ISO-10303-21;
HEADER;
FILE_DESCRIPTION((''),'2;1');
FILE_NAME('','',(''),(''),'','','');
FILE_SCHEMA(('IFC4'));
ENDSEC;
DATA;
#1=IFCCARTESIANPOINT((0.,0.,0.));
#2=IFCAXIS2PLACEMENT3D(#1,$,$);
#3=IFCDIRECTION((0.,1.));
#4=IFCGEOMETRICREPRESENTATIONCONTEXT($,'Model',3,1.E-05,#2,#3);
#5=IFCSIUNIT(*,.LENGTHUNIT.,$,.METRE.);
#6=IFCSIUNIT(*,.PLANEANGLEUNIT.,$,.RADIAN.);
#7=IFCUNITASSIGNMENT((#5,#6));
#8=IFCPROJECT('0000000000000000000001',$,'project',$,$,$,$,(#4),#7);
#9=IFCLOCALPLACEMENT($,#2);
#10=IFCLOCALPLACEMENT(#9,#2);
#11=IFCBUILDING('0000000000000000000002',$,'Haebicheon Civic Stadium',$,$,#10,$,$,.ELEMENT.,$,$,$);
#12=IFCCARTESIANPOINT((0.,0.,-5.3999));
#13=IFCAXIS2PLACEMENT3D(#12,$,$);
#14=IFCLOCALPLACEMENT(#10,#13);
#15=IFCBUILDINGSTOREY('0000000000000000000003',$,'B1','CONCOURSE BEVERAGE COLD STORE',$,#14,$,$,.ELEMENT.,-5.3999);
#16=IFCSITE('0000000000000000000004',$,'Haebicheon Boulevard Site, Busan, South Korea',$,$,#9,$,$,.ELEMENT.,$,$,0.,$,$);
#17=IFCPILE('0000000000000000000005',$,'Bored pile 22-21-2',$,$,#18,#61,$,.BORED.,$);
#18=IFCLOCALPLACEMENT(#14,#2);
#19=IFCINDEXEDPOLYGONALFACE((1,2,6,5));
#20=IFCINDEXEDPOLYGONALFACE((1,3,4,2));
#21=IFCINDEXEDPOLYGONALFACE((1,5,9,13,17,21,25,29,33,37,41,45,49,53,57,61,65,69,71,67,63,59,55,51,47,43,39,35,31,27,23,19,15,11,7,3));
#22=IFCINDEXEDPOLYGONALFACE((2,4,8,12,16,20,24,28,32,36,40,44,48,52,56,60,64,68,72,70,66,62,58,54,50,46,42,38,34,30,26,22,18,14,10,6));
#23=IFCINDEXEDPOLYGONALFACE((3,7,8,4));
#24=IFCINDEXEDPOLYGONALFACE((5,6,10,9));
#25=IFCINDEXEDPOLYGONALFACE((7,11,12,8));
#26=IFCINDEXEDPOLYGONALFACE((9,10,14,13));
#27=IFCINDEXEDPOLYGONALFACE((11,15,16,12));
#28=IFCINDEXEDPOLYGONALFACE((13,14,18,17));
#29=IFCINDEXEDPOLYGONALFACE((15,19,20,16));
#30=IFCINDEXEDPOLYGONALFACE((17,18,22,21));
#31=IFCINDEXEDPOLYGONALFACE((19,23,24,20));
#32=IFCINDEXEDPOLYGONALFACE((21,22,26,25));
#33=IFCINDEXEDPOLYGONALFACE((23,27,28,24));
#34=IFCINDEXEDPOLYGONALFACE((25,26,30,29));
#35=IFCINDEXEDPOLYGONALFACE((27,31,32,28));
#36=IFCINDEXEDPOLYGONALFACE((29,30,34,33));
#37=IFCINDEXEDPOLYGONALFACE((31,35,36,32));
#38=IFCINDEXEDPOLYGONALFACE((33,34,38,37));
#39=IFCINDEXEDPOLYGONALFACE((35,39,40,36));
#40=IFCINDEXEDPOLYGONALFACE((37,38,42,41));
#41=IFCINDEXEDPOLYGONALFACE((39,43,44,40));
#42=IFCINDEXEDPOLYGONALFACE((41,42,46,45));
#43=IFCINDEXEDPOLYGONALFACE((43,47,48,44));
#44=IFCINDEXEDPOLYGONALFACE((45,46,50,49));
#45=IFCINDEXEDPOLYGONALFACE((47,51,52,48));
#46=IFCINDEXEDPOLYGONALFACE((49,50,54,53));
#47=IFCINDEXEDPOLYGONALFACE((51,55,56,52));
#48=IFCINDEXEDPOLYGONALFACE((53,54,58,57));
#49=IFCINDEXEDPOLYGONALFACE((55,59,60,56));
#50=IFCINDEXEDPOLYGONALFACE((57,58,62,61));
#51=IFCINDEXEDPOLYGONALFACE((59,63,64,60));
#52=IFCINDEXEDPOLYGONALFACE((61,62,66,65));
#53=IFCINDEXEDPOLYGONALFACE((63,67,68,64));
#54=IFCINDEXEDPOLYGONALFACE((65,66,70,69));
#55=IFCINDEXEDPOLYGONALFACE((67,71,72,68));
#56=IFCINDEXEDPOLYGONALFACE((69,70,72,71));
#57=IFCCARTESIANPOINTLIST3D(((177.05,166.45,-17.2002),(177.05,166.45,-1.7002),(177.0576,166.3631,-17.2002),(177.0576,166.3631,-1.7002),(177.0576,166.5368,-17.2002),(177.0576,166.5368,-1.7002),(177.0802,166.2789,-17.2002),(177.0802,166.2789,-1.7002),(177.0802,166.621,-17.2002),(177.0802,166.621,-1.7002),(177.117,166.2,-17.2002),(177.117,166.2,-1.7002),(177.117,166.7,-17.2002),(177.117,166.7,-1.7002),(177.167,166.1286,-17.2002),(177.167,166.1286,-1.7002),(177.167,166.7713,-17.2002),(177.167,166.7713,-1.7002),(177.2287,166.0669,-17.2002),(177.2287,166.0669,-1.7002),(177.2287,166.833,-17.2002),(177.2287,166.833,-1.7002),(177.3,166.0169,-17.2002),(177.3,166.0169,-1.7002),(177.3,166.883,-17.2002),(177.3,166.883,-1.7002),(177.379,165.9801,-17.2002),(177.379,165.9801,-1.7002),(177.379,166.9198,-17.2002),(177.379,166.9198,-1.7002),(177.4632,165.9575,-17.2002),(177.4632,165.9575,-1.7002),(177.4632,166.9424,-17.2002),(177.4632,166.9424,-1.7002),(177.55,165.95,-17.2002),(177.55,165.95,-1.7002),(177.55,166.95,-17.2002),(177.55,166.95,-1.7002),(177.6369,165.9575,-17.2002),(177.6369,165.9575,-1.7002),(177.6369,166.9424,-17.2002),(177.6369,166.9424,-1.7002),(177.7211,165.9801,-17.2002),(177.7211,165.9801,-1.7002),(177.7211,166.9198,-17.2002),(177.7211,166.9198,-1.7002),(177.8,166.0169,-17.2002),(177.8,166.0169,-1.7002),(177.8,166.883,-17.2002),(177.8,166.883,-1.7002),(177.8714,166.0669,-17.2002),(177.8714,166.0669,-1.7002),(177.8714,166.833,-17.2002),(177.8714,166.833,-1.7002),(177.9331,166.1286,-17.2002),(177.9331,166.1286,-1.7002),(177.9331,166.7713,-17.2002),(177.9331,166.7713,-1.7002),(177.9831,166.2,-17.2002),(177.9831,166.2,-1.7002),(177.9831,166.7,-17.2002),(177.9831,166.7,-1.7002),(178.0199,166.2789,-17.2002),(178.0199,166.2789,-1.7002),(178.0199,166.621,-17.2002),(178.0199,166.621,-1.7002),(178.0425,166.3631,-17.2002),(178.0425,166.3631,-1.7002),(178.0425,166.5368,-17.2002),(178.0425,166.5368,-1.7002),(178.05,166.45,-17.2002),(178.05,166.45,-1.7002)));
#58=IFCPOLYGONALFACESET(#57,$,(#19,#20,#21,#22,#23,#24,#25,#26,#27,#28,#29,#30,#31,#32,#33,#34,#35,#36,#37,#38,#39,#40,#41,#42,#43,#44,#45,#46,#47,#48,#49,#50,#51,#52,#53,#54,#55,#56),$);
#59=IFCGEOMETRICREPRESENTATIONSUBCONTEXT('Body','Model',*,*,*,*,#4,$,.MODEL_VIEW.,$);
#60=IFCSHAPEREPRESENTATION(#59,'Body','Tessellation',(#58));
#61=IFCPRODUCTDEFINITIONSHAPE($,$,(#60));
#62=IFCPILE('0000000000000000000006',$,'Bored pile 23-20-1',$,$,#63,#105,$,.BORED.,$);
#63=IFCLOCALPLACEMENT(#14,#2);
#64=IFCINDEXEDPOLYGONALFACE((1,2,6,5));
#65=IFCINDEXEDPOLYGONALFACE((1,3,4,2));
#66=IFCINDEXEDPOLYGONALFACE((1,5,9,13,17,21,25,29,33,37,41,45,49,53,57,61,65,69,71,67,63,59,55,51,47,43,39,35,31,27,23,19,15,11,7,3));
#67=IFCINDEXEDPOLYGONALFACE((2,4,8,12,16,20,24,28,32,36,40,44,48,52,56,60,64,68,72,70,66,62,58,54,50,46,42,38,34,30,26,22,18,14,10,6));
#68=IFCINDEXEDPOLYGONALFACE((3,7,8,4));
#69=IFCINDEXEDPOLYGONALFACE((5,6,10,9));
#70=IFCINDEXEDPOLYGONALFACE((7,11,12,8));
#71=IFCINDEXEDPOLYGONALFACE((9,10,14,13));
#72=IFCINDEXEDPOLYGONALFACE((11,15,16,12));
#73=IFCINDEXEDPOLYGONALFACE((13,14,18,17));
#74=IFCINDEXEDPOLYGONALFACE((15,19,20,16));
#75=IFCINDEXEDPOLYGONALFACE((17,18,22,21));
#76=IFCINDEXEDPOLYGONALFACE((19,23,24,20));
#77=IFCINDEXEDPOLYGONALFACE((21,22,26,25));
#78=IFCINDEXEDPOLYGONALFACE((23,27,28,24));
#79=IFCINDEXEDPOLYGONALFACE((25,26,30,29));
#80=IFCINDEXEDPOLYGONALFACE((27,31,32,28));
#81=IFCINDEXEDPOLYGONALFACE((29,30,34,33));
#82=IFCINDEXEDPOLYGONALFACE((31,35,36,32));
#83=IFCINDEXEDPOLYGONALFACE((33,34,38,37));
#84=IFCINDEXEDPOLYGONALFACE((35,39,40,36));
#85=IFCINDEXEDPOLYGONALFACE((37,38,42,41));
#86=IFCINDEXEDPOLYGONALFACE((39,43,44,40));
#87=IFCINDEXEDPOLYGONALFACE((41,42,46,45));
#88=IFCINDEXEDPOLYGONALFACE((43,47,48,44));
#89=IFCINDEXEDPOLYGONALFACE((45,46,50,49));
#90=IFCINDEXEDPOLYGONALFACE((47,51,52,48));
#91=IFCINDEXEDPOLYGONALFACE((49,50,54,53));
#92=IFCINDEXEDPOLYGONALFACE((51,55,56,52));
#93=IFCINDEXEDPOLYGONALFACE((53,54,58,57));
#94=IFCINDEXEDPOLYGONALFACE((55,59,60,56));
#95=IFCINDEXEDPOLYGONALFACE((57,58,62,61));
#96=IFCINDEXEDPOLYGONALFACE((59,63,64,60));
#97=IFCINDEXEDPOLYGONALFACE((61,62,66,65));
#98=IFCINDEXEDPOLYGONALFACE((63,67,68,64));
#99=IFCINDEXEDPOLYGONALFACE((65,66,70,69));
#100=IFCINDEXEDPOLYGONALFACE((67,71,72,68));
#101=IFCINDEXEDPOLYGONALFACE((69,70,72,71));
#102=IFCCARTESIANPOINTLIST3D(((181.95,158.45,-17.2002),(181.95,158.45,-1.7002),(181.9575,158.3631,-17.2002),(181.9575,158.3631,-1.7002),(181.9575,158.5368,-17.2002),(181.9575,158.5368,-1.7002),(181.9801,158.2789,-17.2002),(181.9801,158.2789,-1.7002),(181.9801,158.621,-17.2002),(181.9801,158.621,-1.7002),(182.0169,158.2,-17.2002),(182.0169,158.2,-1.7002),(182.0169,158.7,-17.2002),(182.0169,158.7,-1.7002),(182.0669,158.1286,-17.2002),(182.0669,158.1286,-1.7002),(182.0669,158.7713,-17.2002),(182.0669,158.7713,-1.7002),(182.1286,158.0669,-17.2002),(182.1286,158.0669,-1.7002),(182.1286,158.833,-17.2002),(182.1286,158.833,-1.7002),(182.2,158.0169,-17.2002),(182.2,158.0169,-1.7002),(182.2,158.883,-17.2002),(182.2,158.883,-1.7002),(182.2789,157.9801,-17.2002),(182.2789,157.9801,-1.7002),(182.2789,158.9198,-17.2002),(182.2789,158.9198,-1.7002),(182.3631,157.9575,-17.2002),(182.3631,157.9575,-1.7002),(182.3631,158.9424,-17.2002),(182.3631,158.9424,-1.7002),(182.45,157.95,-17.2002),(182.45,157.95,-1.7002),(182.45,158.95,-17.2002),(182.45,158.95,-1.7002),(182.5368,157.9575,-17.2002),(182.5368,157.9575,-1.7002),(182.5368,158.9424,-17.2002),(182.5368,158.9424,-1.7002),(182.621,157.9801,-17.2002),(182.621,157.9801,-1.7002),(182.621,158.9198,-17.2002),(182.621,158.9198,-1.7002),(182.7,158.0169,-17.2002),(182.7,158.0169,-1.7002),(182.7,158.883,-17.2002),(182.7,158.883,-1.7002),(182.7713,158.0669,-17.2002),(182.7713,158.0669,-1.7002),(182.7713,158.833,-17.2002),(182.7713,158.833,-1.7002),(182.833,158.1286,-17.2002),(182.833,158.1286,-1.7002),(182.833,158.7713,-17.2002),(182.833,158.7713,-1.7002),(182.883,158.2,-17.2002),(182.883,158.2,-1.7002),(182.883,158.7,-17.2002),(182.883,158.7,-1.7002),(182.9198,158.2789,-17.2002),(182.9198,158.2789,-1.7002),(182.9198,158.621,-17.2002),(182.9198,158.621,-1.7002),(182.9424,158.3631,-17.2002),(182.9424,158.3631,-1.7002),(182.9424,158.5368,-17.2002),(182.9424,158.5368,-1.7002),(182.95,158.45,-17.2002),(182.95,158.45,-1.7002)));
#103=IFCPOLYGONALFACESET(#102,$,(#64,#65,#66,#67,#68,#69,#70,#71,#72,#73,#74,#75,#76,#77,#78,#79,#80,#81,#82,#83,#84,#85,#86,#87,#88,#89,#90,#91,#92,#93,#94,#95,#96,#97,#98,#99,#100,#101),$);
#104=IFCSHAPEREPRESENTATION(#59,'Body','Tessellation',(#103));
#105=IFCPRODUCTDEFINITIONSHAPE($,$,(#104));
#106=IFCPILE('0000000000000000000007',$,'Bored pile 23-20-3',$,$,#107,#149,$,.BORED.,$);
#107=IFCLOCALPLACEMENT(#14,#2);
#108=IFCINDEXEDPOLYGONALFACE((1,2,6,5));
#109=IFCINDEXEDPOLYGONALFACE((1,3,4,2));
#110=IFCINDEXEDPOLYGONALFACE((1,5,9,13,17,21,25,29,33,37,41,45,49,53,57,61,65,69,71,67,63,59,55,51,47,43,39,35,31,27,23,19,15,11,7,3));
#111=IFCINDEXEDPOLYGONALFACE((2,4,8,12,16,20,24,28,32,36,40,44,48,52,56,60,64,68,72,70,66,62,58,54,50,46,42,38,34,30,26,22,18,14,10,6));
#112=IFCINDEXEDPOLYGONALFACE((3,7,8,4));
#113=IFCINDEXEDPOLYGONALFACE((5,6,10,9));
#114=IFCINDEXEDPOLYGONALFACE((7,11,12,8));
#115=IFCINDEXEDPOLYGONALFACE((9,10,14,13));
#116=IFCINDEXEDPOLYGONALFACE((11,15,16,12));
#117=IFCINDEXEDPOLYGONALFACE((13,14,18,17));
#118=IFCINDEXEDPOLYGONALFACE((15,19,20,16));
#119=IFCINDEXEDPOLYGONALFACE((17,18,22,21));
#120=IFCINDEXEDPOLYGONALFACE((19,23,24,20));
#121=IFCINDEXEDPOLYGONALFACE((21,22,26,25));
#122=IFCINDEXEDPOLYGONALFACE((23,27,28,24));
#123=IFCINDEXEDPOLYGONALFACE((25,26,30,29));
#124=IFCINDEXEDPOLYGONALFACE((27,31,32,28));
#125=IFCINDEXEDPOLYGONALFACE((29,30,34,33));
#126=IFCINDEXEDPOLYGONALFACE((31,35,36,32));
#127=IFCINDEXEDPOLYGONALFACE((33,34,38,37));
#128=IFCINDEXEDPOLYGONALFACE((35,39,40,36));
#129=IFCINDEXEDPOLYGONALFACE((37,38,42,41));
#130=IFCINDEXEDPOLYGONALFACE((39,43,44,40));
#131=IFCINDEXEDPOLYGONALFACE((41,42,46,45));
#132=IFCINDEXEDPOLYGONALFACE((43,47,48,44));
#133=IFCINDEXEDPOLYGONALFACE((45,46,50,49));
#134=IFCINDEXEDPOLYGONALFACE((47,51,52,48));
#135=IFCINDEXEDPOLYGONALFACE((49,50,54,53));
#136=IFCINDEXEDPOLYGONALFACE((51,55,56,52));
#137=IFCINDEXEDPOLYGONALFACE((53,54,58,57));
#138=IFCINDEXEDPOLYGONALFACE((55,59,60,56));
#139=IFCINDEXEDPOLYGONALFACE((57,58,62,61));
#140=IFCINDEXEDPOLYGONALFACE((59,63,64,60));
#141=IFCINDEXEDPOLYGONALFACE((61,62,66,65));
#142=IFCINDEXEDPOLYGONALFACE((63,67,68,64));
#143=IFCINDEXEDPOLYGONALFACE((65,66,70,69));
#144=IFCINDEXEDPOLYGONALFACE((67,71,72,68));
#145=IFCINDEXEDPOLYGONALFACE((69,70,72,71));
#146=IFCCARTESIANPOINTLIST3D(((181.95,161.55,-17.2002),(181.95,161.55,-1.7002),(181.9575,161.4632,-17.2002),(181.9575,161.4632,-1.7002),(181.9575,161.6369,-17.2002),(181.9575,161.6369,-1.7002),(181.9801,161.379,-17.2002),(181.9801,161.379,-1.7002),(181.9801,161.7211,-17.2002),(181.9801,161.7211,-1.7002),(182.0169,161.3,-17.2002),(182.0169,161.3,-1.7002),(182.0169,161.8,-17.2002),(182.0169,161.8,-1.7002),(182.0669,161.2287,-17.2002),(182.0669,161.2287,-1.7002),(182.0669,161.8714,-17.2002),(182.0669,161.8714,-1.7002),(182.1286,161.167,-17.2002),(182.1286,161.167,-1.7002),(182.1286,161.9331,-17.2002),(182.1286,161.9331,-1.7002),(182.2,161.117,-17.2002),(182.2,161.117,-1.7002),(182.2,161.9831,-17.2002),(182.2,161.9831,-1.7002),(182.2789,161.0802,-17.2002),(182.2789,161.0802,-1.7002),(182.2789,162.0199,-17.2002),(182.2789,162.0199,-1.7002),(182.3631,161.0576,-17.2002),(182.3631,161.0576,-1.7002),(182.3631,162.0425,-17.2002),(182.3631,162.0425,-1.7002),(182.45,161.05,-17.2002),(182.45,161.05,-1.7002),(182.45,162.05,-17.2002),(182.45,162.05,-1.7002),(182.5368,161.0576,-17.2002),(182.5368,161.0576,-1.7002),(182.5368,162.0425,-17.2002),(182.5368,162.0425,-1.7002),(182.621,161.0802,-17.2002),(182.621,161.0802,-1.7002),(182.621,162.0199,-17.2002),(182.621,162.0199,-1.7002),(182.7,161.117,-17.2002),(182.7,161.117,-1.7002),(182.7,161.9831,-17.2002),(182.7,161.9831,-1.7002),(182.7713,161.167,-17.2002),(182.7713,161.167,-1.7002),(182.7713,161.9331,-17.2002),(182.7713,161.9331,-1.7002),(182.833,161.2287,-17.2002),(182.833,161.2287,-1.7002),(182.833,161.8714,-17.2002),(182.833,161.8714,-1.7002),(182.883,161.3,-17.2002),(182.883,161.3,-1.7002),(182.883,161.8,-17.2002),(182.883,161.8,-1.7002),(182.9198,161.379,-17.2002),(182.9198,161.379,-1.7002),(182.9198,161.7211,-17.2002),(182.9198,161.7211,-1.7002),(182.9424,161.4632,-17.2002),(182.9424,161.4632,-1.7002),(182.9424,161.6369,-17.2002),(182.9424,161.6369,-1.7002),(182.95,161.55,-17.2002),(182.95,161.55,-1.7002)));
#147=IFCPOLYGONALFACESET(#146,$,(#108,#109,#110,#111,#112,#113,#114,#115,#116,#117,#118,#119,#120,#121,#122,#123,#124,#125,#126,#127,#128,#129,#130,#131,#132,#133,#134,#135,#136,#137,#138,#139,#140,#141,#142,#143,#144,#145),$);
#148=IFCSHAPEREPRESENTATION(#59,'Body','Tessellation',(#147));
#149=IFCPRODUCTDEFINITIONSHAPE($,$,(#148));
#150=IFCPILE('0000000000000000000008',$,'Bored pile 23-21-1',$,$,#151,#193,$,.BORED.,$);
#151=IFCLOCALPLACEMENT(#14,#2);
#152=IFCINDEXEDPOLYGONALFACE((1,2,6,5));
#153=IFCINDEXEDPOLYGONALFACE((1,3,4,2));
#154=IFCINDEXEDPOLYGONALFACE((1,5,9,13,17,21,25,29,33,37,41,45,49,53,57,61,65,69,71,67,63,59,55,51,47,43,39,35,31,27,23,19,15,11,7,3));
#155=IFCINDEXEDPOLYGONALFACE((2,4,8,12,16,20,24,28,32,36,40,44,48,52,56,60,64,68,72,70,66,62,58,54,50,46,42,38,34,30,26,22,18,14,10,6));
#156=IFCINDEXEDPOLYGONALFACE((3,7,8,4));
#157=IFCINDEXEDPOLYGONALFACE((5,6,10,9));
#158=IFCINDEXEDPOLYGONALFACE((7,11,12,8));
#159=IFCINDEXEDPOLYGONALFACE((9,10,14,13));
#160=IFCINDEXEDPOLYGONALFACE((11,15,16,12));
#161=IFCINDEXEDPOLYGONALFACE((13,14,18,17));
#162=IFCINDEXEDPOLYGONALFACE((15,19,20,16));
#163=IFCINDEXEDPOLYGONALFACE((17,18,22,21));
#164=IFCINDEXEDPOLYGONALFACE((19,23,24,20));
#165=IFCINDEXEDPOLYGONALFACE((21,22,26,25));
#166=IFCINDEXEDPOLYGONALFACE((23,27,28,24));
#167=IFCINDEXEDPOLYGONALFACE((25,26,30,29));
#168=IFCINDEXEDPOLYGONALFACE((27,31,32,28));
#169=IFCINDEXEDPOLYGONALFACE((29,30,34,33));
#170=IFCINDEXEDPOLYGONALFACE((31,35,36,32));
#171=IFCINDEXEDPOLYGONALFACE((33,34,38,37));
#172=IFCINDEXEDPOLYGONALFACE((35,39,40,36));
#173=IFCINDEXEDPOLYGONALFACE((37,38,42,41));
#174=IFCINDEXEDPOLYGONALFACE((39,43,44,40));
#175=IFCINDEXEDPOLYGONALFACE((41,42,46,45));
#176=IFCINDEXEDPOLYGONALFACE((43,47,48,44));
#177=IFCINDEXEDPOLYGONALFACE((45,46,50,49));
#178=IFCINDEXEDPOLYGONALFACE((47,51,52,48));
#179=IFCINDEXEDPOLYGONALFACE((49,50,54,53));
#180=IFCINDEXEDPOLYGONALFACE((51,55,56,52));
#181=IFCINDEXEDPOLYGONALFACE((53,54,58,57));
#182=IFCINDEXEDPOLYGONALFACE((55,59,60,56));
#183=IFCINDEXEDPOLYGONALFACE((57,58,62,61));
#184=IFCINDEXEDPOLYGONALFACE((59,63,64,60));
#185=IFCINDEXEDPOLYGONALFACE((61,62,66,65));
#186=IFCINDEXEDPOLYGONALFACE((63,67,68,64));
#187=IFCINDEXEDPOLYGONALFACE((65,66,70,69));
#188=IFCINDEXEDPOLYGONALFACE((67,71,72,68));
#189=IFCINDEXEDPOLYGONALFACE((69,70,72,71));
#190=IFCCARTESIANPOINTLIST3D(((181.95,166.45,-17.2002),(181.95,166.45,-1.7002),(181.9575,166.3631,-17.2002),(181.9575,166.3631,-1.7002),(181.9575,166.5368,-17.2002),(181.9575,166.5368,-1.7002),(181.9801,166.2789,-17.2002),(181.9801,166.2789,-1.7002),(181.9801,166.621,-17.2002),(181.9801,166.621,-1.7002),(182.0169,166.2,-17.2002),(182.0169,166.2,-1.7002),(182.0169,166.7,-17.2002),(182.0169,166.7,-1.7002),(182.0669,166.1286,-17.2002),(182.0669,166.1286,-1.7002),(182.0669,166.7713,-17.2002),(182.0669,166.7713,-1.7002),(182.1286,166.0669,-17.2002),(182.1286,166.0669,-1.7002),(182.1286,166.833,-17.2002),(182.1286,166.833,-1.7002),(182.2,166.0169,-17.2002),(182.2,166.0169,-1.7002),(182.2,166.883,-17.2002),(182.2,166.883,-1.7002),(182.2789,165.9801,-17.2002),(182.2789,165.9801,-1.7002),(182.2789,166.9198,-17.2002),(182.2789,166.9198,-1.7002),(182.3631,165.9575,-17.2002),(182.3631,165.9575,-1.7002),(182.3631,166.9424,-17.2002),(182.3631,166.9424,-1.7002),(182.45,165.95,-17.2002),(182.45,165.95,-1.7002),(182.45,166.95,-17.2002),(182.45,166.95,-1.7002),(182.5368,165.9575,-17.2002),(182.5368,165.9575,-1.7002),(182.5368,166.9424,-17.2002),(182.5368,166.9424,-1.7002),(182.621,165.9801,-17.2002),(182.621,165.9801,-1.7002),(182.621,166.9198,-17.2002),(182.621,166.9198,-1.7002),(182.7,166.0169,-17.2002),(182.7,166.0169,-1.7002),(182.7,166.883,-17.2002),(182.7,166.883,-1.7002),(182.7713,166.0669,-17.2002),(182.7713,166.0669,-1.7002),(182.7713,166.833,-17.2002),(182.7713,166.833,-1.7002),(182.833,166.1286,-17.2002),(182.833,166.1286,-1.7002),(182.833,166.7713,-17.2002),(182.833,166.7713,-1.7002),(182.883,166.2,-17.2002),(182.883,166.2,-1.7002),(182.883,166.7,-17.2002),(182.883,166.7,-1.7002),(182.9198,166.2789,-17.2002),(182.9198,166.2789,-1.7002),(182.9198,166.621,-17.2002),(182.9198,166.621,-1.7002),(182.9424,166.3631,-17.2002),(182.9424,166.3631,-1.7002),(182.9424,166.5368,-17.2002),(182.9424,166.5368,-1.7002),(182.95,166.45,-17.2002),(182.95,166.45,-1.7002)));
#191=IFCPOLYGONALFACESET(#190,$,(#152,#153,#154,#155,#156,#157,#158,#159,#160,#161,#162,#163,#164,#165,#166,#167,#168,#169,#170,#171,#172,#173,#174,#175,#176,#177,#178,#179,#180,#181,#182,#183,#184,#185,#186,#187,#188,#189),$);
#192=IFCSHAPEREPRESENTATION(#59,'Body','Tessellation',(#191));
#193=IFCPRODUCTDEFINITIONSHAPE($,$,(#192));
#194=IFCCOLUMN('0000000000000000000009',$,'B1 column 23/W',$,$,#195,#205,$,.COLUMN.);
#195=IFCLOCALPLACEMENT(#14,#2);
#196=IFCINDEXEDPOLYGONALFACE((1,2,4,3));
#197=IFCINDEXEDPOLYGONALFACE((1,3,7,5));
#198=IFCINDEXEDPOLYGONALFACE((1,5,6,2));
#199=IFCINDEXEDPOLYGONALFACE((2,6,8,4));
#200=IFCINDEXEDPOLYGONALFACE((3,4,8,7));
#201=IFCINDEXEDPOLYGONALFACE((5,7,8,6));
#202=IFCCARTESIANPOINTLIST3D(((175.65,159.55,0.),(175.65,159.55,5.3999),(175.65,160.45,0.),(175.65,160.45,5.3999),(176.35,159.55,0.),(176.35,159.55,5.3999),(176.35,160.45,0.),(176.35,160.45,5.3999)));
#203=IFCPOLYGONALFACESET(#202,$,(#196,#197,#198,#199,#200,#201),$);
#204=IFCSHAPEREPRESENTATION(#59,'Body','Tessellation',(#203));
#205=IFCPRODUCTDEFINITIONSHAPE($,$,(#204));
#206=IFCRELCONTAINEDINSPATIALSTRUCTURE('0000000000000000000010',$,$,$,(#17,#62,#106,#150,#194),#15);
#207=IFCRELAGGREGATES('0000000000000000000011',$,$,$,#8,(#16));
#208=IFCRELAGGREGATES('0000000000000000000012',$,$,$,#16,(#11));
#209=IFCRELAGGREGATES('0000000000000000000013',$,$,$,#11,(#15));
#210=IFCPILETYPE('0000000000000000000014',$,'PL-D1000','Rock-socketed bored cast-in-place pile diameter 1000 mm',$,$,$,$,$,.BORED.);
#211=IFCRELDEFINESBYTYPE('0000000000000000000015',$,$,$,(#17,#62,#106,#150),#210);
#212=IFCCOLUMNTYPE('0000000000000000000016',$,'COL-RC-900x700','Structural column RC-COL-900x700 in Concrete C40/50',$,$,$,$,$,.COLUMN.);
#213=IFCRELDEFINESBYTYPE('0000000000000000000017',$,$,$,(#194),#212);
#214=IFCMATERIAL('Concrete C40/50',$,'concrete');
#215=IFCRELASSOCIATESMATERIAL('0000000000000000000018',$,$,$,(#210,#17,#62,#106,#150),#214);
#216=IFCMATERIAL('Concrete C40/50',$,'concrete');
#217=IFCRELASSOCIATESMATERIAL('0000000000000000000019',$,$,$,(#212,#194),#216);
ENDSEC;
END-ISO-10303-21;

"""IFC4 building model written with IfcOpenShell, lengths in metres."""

from ifc_helpers import new_model, si_unit, direction, frame, origin, origin_2d, place, context, subcontext, project, spatial, rectangle, circle, extrude, material, material_profile, profile_set, type_object, element, save


model = new_model("IFC4")

# Units and contexts
model_context = context("Model", 3, precision=1e-05, world=origin(), true_north=direction((0.0, 1.0)))
body_context = subcontext(model_context, "Body", "Model", "MODEL_VIEW")
ifc_project = project(units=[si_unit("LENGTHUNIT", "METRE"), si_unit("PLANEANGLEUNIT", "RADIAN")], contexts=[model_context])

# Site, building, storey
site_placement = place(None, origin())
site = spatial("IfcSite", under=ifc_project, at=site_placement, Name="Haebicheon Boulevard Site, Busan, South Korea", CompositionType="ELEMENT", RefElevation=0.0)
building_placement = place(site_placement, origin())
building = spatial("IfcBuilding", under=site, at=building_placement, Name="Haebicheon Civic Stadium", CompositionType="ELEMENT")
storey_placement = place(building_placement, frame((0.0, 0.0, -5.3999)))
storey = spatial("IfcBuildingStorey", under=building, at=storey_placement, Name="B1", Description="CONCOURSE BEVERAGE COLD STORE", CompositionType="ELEMENT", Elevation=-5.3999)

# Piles
ifc_material_1 = material(Name="Concrete C40/50", Category="concrete")
ifc_material_profile_1 = material_profile(ifc_material_1, circle(Radius=0.5, at=origin_2d()), Name="PILE-D1000")
ifc_profile_set_1 = profile_set([ifc_material_profile_1], Name="Concrete C40/50")
pile_type = type_object("IfcPileType", Name="PL-D1000", Description="Rock-socketed bored cast-in-place pile diameter 1000 mm", PredefinedType="BORED", material=ifc_profile_set_1)
for number, where, z_axis, x_axis, name in (
    (1, (177.55, 166.45, -1.7002), (0.0, 0.0, -1.0), (1.0, 0.0, 0.0), "Bored pile 22-21-2"),
    (2, (182.45, 158.45, -1.7002), (0.0, 0.0, -1.0), (1.0, 0.0, 0.0), "Bored pile 23-20-1"),
    (3, (182.45, 161.55, -1.7002), (0.0, 0.0, -1.0), (1.0, 0.0, 0.0), "Bored pile 23-20-3"),
    (4, (182.45, 166.45, -1.7002), (0.0, 0.0, -1.0), (1.0, 0.0, 0.0), "Bored pile 23-21-1"),
):
    element("IfcPile", number, at=place(storey_placement, frame(where, z_axis=z_axis, x_axis=x_axis)), inside=storey, type_object=pile_type, material=ifc_profile_set_1, Name=name, PredefinedType="BORED", context=body_context, shape_type="SweptSolid", body=[
        extrude(circle(Radius=0.5, at=origin_2d()), origin(), (0.0, 0.0, 1.0), 15.5),
    ])

# Column
ifc_material_2 = material(Name="Concrete C40/50", Category="concrete")
ifc_material_profile_2 = material_profile(ifc_material_2, rectangle(XDim=0.7, YDim=0.8999, at=origin_2d()), Name="RC-COL-900x700")
ifc_profile_set_2 = profile_set([ifc_material_profile_2], Name="Concrete C40/50")
column_type = type_object("IfcColumnType", Name="COL-RC-900x700", Description="Structural column RC-COL-900x700 in Concrete C40/50", PredefinedType="COLUMN", material=ifc_profile_set_2)
for number, where, z_axis, x_axis, name in (
    (5, (176.0, 160.0, 0.0), (0.0, 0.0, 1.0), (1.0, 0.0, 0.0), "B1 column 23/W"),
):
    element("IfcColumn", number, at=place(storey_placement, frame(where, z_axis=z_axis, x_axis=x_axis)), inside=storey, type_object=column_type, material=ifc_profile_set_2, Name=name, PredefinedType="COLUMN", context=body_context, shape_type="SweptSolid", body=[
        extrude(rectangle(XDim=0.7, YDim=0.8999, at=origin_2d()), origin(), (0.0, 0.0, 1.0), 5.3999),
    ])

save(model, "model.ifc")
